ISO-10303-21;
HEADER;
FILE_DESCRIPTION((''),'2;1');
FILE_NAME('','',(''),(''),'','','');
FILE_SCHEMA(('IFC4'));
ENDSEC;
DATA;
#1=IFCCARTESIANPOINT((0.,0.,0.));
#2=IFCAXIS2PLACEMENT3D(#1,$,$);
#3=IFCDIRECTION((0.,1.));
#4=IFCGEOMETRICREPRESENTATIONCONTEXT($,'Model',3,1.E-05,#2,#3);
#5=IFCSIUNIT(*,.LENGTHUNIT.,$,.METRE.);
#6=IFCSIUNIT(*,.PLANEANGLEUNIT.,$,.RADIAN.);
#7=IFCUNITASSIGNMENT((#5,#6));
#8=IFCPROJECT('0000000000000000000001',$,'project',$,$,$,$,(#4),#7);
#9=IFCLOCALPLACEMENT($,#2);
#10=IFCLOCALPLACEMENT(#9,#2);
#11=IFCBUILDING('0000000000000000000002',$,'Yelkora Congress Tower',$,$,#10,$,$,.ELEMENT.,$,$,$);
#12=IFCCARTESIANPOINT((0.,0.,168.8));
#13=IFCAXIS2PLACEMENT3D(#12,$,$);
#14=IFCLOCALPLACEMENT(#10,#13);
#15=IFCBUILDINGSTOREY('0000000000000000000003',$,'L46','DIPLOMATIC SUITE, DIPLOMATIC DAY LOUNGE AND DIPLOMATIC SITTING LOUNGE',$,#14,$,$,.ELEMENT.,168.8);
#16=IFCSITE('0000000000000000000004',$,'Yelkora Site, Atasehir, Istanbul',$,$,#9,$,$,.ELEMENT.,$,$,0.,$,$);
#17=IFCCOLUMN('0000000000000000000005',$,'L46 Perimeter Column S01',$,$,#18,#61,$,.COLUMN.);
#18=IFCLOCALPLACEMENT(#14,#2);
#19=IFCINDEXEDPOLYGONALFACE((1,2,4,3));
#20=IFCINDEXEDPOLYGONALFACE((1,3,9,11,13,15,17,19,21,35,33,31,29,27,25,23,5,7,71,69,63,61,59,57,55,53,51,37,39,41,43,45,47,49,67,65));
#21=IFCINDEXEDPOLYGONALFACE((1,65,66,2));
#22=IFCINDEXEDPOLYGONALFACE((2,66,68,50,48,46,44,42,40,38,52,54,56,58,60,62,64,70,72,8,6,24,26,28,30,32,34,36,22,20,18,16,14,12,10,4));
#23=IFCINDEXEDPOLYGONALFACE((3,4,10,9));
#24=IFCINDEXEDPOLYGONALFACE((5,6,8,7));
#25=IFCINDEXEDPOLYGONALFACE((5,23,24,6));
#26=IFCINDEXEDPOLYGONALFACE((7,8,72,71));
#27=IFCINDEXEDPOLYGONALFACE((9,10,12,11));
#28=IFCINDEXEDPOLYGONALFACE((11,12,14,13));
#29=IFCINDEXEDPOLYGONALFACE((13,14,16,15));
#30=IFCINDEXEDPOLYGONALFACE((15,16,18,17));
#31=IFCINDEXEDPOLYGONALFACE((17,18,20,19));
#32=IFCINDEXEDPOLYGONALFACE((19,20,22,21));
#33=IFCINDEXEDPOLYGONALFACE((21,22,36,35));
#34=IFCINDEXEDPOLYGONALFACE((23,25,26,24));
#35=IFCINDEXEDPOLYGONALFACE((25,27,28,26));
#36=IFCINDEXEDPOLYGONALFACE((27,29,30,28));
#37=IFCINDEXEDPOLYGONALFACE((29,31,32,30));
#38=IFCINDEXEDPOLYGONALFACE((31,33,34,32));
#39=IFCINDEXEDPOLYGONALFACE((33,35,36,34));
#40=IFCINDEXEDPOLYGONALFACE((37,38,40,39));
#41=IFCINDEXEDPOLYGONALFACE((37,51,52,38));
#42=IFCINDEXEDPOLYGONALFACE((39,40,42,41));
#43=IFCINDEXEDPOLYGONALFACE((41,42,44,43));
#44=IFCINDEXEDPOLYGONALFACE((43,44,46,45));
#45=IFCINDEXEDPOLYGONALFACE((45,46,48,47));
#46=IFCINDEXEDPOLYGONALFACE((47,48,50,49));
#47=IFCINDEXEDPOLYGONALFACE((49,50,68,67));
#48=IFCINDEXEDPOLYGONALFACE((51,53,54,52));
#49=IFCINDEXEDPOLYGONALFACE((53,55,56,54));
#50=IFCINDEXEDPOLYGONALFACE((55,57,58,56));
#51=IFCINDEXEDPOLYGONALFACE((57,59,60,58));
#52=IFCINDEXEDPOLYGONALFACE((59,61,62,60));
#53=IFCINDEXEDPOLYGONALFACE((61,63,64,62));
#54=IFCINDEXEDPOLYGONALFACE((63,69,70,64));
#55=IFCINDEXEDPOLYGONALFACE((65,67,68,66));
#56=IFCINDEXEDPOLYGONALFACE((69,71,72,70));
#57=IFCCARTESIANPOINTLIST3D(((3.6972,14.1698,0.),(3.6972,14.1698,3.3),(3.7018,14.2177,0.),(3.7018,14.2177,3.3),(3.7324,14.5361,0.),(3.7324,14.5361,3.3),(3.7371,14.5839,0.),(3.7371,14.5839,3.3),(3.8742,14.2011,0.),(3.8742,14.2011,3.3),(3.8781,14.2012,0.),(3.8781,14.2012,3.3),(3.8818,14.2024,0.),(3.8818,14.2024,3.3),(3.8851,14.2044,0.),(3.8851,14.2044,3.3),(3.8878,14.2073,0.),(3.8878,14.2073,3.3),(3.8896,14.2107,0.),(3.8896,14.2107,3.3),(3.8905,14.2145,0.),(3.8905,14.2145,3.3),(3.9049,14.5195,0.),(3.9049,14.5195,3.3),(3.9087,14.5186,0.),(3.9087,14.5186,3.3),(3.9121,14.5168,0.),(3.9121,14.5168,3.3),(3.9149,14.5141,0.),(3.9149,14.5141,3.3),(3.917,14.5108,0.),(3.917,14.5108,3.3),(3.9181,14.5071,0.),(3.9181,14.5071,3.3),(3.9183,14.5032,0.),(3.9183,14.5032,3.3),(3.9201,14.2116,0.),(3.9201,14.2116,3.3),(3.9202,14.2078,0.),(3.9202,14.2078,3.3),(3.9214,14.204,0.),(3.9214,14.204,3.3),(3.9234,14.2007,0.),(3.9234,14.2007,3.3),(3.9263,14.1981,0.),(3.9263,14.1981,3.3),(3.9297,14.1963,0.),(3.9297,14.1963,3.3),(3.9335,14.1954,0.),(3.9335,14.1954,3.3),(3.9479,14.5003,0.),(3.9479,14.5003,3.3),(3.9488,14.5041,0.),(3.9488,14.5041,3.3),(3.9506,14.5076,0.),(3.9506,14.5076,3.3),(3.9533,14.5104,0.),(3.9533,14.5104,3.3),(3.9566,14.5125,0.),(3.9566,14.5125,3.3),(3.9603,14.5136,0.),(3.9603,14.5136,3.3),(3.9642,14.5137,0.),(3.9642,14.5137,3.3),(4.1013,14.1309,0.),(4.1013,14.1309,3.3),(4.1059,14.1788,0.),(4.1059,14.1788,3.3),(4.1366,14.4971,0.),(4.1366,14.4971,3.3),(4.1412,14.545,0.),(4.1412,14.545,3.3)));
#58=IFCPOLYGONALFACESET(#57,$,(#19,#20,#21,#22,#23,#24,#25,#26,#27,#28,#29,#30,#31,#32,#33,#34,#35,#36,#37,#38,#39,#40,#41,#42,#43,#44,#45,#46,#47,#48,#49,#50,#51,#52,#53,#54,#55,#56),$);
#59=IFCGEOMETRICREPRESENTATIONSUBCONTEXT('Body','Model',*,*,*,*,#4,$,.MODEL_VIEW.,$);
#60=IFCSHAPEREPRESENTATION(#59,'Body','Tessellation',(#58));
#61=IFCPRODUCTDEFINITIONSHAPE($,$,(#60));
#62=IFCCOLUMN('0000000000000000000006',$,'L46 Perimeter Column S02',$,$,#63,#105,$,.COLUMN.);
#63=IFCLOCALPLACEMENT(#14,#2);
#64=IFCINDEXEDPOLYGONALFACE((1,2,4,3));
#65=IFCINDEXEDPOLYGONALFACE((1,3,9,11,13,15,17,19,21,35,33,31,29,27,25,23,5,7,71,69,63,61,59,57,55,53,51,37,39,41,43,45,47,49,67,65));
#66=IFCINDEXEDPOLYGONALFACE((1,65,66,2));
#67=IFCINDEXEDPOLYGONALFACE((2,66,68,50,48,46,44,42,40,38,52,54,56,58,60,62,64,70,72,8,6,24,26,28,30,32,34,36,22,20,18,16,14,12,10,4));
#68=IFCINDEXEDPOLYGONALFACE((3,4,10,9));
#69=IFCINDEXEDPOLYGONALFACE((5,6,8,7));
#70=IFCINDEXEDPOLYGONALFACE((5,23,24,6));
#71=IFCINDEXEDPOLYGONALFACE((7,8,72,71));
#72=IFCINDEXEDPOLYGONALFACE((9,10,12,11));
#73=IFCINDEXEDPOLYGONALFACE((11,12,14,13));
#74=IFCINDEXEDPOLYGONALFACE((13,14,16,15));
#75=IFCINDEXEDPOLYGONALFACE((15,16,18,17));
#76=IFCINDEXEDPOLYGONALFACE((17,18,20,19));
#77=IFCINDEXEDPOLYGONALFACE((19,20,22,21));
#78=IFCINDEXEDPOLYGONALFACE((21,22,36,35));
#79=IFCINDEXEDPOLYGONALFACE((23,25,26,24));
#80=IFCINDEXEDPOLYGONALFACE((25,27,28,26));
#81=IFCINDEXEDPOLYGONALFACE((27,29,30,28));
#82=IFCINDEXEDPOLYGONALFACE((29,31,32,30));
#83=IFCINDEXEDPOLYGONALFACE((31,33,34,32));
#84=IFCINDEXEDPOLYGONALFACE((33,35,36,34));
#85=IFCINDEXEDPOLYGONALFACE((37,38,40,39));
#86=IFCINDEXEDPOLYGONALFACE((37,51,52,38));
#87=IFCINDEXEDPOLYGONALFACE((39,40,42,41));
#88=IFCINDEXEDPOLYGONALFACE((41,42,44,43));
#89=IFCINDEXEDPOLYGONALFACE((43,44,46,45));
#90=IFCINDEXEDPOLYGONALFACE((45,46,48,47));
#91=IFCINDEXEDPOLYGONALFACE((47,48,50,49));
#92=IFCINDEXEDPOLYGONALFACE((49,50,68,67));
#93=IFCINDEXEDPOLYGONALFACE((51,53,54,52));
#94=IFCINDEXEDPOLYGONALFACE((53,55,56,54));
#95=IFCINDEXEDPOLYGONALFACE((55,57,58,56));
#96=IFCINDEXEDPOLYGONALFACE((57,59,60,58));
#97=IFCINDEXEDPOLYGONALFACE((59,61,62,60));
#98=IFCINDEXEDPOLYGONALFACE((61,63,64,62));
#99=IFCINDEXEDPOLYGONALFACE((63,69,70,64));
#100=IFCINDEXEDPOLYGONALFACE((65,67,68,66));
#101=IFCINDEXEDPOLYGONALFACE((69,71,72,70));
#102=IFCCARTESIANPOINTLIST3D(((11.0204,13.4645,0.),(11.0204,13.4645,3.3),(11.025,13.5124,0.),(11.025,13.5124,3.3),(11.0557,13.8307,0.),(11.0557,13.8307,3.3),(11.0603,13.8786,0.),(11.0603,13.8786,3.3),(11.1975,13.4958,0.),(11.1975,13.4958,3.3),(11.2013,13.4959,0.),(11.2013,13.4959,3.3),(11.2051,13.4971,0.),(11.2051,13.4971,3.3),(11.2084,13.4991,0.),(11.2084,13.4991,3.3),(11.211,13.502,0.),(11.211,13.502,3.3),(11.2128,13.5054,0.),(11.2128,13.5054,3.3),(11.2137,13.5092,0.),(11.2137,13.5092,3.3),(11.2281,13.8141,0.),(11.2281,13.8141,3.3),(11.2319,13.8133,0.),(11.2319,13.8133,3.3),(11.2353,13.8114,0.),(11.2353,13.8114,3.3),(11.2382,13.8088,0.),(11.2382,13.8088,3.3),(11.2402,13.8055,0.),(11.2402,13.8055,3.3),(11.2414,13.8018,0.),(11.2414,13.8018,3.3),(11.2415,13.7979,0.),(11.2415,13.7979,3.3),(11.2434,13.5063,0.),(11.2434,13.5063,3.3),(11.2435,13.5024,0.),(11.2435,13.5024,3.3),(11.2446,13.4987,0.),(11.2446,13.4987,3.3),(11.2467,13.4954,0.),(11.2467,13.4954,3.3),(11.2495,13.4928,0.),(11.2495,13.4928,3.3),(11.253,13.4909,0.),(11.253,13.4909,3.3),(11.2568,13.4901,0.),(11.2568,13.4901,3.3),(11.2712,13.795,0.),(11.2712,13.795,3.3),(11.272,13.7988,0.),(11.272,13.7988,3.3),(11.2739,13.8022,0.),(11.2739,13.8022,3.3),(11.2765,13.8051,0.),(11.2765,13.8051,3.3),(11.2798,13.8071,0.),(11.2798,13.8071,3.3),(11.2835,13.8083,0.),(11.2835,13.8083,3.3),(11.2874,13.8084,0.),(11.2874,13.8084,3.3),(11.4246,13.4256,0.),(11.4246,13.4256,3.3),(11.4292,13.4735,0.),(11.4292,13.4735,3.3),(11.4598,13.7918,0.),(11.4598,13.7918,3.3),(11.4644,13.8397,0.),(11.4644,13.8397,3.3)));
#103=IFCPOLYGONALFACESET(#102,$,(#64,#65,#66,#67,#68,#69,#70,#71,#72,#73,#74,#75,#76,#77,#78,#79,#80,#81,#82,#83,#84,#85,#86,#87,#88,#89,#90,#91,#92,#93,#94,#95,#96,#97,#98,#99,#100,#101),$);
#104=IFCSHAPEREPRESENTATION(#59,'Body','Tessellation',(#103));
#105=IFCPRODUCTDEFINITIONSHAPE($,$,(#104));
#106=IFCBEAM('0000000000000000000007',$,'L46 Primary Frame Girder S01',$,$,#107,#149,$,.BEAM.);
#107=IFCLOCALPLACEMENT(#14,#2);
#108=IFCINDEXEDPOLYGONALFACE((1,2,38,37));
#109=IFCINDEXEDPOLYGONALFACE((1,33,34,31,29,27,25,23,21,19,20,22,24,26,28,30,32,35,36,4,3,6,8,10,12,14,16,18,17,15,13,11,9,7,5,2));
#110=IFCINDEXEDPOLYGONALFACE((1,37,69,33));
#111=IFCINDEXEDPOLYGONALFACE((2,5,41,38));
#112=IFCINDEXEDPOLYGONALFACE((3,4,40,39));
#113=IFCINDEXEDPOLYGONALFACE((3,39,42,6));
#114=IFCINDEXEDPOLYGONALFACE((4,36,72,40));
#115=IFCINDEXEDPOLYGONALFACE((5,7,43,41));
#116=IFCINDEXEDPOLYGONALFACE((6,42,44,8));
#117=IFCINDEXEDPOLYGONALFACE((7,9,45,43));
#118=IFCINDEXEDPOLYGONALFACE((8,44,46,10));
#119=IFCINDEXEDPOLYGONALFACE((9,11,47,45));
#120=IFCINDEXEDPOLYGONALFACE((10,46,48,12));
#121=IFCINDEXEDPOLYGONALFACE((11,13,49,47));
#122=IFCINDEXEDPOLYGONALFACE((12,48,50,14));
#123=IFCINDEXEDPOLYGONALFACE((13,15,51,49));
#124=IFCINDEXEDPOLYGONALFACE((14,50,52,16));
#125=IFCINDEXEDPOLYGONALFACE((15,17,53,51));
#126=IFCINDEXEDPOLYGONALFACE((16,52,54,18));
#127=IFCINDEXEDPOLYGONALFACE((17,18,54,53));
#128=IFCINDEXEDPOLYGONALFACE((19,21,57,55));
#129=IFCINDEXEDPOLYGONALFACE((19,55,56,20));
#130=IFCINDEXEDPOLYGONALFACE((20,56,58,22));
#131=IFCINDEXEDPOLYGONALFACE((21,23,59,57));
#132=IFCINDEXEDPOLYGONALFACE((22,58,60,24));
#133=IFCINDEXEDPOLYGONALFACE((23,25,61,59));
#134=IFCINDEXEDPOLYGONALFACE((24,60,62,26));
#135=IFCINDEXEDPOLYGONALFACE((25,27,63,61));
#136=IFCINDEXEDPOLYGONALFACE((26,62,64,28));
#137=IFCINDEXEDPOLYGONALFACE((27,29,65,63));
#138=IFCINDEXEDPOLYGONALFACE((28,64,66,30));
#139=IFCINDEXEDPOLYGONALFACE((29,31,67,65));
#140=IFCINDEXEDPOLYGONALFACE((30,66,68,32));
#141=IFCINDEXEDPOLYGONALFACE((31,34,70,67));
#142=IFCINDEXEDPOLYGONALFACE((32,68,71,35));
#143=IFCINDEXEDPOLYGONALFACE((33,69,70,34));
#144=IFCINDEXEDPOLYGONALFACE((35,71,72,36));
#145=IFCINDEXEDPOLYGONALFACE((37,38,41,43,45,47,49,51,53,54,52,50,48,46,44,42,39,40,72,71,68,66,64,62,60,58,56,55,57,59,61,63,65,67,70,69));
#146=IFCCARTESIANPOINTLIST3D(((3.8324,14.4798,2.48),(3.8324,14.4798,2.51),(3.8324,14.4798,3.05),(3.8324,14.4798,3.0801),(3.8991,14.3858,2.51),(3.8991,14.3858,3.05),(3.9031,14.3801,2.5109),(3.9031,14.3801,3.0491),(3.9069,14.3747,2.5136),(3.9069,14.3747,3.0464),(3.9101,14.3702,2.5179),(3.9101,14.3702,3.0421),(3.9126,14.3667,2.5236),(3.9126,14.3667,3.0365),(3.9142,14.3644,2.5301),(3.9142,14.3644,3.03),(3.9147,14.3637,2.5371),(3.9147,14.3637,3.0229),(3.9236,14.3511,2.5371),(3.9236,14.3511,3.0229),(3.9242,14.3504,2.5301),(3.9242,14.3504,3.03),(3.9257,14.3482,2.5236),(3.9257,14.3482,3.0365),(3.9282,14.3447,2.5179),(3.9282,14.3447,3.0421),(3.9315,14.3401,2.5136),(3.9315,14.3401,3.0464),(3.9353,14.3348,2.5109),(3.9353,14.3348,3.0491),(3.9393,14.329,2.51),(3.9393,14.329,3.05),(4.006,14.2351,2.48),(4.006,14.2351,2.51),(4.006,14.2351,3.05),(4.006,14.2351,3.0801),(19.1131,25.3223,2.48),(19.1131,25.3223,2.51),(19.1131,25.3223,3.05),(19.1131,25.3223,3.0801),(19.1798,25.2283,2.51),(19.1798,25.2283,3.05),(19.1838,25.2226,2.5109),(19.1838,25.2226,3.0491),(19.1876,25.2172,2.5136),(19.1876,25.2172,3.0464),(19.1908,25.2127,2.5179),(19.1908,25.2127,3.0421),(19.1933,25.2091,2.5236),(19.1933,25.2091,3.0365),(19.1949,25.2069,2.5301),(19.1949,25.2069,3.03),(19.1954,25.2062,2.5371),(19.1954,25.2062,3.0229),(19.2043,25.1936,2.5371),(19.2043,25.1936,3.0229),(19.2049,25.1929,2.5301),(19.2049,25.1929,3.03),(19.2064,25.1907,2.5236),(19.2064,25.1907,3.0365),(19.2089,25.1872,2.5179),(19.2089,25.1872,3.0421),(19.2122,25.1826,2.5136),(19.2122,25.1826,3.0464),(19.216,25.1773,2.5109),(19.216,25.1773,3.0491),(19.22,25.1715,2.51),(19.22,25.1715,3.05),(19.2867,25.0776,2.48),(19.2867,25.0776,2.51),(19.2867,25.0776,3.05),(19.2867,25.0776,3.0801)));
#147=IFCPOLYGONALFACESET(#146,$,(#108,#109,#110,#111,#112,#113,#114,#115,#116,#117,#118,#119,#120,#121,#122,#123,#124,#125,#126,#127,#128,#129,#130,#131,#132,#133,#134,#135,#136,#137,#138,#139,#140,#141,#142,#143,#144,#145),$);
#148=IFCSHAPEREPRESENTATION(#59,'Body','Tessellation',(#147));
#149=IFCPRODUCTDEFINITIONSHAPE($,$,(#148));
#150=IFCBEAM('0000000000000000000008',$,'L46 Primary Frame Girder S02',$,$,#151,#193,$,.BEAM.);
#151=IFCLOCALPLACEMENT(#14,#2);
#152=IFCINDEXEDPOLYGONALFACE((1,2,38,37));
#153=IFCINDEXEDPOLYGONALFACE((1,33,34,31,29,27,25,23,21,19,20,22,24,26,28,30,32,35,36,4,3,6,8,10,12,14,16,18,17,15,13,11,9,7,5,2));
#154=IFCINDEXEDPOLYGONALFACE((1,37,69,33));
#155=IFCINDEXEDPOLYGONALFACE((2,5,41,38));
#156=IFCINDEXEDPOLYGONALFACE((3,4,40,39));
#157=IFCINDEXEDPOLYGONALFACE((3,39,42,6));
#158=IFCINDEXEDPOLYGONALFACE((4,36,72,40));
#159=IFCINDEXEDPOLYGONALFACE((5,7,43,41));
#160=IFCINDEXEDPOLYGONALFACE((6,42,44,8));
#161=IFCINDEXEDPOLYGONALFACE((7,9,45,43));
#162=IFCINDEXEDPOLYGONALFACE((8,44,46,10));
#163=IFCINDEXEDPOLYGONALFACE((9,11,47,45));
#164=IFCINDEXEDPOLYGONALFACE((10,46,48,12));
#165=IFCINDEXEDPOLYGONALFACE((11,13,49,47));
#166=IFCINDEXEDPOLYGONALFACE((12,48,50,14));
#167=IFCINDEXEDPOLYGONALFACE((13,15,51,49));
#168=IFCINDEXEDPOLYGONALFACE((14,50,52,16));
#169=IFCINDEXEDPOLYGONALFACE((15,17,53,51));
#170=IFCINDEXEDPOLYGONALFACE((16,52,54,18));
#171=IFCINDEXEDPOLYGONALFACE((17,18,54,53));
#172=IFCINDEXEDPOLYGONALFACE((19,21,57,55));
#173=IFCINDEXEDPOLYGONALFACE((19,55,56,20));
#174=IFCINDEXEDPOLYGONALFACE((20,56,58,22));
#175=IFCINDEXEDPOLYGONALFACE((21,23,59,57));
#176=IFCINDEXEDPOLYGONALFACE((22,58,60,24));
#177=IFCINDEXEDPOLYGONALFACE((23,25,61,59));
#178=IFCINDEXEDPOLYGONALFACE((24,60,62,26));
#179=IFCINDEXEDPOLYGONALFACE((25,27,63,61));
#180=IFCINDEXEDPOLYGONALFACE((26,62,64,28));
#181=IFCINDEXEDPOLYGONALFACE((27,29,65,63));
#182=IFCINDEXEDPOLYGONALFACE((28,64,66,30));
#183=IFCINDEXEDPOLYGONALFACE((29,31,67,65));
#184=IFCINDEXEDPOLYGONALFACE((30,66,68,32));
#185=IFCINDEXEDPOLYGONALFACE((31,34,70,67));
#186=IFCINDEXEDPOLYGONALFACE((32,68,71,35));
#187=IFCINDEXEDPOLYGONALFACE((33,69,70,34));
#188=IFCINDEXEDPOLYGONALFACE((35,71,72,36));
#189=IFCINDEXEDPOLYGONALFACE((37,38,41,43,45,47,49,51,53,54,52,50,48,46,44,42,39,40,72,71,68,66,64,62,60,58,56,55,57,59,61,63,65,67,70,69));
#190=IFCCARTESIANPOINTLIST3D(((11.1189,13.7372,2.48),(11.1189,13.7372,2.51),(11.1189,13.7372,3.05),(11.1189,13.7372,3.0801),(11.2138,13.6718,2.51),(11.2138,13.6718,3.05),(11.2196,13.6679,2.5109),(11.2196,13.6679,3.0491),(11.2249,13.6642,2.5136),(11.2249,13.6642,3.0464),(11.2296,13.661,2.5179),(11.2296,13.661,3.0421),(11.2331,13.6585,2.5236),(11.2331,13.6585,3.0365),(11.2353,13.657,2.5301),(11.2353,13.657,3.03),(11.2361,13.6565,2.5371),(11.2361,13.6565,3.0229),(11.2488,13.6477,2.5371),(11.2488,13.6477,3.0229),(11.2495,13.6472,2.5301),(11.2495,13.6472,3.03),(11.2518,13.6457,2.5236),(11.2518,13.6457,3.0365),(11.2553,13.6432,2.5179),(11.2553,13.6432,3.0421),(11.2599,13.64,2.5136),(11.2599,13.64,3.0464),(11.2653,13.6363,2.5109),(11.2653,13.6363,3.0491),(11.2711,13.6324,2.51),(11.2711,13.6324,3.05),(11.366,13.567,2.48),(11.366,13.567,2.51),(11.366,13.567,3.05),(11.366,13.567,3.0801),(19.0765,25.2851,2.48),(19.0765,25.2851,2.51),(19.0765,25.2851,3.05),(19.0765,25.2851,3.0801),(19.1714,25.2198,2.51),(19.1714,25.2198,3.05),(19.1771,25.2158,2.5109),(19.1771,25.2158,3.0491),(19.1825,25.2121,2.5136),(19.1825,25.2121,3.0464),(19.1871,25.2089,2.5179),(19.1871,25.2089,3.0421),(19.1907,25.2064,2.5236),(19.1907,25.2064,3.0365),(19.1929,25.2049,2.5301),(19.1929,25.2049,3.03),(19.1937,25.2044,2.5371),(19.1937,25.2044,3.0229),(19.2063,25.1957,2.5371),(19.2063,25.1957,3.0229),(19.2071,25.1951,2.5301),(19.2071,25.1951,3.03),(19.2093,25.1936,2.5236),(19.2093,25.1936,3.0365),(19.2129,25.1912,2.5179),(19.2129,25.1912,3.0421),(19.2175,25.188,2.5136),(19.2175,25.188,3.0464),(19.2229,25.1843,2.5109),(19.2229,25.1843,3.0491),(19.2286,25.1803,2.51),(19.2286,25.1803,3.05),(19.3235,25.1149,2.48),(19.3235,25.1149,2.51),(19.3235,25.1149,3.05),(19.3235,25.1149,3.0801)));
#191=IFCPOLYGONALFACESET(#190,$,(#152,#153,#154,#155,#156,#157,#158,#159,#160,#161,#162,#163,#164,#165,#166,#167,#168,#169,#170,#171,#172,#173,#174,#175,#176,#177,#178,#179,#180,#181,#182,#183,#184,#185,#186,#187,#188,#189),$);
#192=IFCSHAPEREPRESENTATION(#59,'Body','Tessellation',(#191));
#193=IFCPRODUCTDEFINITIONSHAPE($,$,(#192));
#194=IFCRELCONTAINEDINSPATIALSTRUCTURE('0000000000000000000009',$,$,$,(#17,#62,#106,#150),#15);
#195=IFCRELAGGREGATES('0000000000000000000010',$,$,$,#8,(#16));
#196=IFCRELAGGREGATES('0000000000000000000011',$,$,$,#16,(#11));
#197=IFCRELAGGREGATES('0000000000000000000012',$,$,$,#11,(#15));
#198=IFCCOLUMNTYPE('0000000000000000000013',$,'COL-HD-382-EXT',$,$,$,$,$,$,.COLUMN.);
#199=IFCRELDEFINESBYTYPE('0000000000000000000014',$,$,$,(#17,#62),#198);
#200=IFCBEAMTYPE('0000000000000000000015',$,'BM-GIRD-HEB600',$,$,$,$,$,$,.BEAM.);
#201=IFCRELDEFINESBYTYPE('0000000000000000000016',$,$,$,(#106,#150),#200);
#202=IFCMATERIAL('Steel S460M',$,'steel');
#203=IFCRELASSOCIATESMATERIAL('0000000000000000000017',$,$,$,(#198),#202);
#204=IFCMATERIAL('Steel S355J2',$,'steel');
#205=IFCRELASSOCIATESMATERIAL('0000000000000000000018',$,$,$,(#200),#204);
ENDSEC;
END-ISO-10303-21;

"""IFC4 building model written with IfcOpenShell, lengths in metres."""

from ifc_helpers import new_model, si_unit, direction, frame, origin, origin_2d, place, context, subcontext, project, spatial, i_section, extrude, material, material_profile, profile_set, type_object, element, save


model = new_model("IFC4")

# Units and contexts
model_context = context("Model", 3, precision=1e-05, world=origin(), true_north=direction((0.0, 1.0)))
body_context = subcontext(model_context, "Body", "Model", "MODEL_VIEW")
ifc_project = project(units=[si_unit("LENGTHUNIT", "METRE"), si_unit("PLANEANGLEUNIT", "RADIAN")], contexts=[model_context])

# Site, building, storey
site_placement = place(None, origin())
site = spatial("IfcSite", under=ifc_project, at=site_placement, Name="Yelkora Site, Atasehir, Istanbul", CompositionType="ELEMENT", RefElevation=0.0)
building_placement = place(site_placement, origin())
building = spatial("IfcBuilding", under=site, at=building_placement, Name="Yelkora Congress Tower", CompositionType="ELEMENT")
storey_placement = place(building_placement, frame((0.0, 0.0, 168.8)))
storey = spatial("IfcBuildingStorey", under=building, at=storey_placement, Name="L46", Description="DIPLOMATIC SUITE, DIPLOMATIC DAY LOUNGE AND DIPLOMATIC SITTING LOUNGE", CompositionType="ELEMENT", Elevation=168.8)

# Columns
ifc_material_1 = material(Name="Steel S460M", Category="steel")
ifc_material_profile_1 = material_profile(ifc_material_1, i_section(OverallWidth=0.406, OverallDepth=0.416, WebThickness=0.0298, FlangeThickness=0.0481, FilletRadius=0.0149, at=origin_2d()), Name="HD 400x382")
ifc_profile_set_1 = profile_set([ifc_material_profile_1], Name="Steel S460M")
column_type = type_object("IfcColumnType", Name="COL-HD-382-EXT", PredefinedType="COLUMN", material=ifc_profile_set_1)
for number, where, z_axis, x_axis, name in (
    (1, (3.9192, 14.3574, 0.0), (0.0, 0.0, 1.0), (0.995396, -0.095846, 0.0), "L46 Perimeter Column S01"),
    (2, (11.2424, 13.6521, 0.0), (0.0, 0.0, 1.0), (0.995396, -0.095846, 0.0), "L46 Perimeter Column S02"),
):
    element("IfcColumn", number, at=place(storey_placement, frame(where, z_axis=z_axis, x_axis=x_axis)), inside=storey, type_object=column_type, Name=name, PredefinedType="COLUMN", context=body_context, shape_type="SweptSolid", body=[
        extrude(i_section(OverallWidth=0.406, OverallDepth=0.416, WebThickness=0.0298, FlangeThickness=0.0481, FilletRadius=0.0149, at=origin_2d()), origin(), (0.0, 0.0, 1.0), 3.3),
    ])

# Beams
ifc_material_2 = material(Name="Steel S355J2", Category="steel")
ifc_material_profile_2 = material_profile(ifc_material_2, i_section(OverallWidth=0.3, OverallDepth=0.6001, WebThickness=0.0154, FlangeThickness=0.03, FilletRadius=0.0271, at=origin_2d()), Name="HEB 600")
ifc_profile_set_2 = profile_set([ifc_material_profile_2], Name="Steel S355J2")
beam_type_1 = type_object("IfcBeamType", Name="BM-GIRD-HEB600", PredefinedType="BEAM", material=ifc_profile_set_2)
beam_1_placement = place(storey_placement, frame((3.9192, 14.3574, 2.78), z_axis=(0.815555, 0.57868, 0.0), x_axis=(-0.57868, 0.815555, 0.0)))
element("IfcBeam", 3, at=beam_1_placement, inside=storey, type_object=beam_type_1, Name="L46 Primary Frame Girder S01", PredefinedType="BEAM", context=body_context, shape_type="SweptSolid", body=[
    extrude(i_section(OverallWidth=0.3, OverallDepth=0.6001, WebThickness=0.0154, FlangeThickness=0.03, FilletRadius=0.0271, at=origin_2d()), origin(), (0.0, 0.0, 1.0), 18.7366),
])
beam_2_placement = place(storey_placement, frame((11.2424, 13.6521, 2.78), z_axis=(0.567418, 0.82343, 0.0), x_axis=(-0.82343, 0.567418, 0.0)))
element("IfcBeam", 4, at=beam_2_placement, inside=storey, type_object=beam_type_1, Name="L46 Primary Frame Girder S02", PredefinedType="BEAM", context=body_context, shape_type="SweptSolid", body=[
    extrude(i_section(OverallWidth=0.3, OverallDepth=0.6001, WebThickness=0.0154, FlangeThickness=0.03, FilletRadius=0.0271, at=origin_2d()), origin(), (0.0, 0.0, 1.0), 14.0242),
])

save(model, "model.ifc")
